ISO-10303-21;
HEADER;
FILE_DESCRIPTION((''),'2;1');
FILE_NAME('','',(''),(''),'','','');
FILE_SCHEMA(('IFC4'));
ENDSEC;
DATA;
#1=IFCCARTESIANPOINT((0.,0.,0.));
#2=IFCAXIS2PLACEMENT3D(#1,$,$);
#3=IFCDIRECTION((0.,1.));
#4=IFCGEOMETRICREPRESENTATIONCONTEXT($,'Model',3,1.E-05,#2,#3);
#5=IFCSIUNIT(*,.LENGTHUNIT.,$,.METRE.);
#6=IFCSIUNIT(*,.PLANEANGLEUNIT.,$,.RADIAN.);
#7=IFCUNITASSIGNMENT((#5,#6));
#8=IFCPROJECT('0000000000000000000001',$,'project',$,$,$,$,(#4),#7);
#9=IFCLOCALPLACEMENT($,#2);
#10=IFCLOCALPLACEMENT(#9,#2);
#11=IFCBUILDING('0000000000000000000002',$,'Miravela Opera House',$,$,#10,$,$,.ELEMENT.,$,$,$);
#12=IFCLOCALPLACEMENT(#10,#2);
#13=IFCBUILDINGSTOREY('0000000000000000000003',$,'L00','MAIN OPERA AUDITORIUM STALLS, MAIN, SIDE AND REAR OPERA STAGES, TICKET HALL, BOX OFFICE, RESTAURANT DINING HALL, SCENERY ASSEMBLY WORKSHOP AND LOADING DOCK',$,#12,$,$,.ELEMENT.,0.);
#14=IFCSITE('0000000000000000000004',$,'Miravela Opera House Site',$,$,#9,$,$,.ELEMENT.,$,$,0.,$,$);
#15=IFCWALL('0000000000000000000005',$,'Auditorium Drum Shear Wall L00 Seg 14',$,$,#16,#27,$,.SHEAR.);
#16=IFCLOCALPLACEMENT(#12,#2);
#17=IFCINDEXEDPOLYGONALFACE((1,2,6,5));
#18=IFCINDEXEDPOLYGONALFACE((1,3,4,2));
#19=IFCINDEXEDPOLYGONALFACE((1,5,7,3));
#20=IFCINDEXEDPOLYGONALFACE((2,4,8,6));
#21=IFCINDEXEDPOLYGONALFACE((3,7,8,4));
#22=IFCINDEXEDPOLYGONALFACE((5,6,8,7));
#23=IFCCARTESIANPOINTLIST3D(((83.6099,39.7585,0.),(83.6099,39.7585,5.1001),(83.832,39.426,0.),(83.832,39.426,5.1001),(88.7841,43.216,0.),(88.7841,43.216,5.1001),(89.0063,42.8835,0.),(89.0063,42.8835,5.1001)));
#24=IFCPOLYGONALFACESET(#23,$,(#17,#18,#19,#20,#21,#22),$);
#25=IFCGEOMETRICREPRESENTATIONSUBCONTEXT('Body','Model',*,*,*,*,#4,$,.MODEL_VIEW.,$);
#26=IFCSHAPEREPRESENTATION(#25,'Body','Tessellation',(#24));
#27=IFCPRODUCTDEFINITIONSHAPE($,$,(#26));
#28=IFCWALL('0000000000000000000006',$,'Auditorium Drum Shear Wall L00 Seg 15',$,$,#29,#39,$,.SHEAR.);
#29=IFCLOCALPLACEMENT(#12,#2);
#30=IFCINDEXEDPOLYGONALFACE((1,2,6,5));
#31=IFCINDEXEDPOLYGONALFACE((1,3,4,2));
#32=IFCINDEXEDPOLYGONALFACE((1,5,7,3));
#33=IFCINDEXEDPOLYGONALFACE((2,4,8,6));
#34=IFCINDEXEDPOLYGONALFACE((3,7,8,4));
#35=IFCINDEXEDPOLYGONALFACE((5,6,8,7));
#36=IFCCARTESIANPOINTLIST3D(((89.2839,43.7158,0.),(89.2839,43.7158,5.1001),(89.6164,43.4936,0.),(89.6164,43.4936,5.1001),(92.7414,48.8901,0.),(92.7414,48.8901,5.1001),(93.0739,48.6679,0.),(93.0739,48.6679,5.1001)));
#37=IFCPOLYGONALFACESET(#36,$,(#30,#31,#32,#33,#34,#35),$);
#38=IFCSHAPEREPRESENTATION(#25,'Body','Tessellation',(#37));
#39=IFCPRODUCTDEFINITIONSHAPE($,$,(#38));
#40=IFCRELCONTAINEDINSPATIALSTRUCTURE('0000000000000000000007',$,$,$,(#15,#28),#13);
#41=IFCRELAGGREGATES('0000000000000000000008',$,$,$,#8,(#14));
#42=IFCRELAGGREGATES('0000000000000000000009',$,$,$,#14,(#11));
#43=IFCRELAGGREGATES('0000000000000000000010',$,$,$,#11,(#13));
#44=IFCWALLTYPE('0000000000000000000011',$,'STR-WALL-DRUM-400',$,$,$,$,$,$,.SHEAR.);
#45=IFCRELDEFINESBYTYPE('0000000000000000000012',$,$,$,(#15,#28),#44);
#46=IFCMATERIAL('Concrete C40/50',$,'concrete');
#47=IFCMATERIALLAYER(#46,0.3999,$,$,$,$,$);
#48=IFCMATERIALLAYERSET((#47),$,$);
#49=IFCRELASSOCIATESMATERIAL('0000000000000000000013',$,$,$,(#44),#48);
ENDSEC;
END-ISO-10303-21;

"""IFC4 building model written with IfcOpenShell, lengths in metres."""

from ifc_helpers import new_model, si_unit, direction, frame, frame_2d, origin, place, context, subcontext, project, spatial, rectangle, extrude, material, layer, layer_set, type_object, element, save


model = new_model("IFC4")

# Units and contexts
model_context = context("Model", 3, precision=1e-05, world=origin(), true_north=direction((0.0, 1.0)))
body_context = subcontext(model_context, "Body", "Model", "MODEL_VIEW")
ifc_project = project(units=[si_unit("LENGTHUNIT", "METRE"), si_unit("PLANEANGLEUNIT", "RADIAN")], contexts=[model_context])

# Site, building, storey
site_placement = place(None, origin())
site = spatial("IfcSite", under=ifc_project, at=site_placement, Name="Miravela Opera House Site", CompositionType="ELEMENT", RefElevation=0.0)
building_placement = place(site_placement, origin())
building = spatial("IfcBuilding", under=site, at=building_placement, Name="Miravela Opera House", CompositionType="ELEMENT")
storey_placement = place(building_placement, origin())
storey = spatial("IfcBuildingStorey", under=building, at=storey_placement, Name="L00", Description="MAIN OPERA AUDITORIUM STALLS, MAIN, SIDE AND REAR OPERA STAGES, TICKET HALL, BOX OFFICE, RESTAURANT DINING HALL, SCENERY ASSEMBLY WORKSHOP AND LOADING DOCK", CompositionType="ELEMENT", Elevation=0.0)

# Shared definitions
ifc_material_1 = material(Name="Concrete C40/50", Category="concrete")

# Walls
ifc_layer_1 = layer(ifc_material_1, 0.3999)
ifc_layer_set_1 = layer_set([ifc_layer_1])
wall_type_1 = type_object("IfcWallType", Name="STR-WALL-DRUM-400", PredefinedType="SHEAR", material=ifc_layer_set_1)
for number, where, z_axis, x_axis, name in (
    (1, (83.7209, 39.5923, 0.0), (0.0, 0.0, 1.0), (0.831458, 0.555587, 0.0), "Auditorium Drum Shear Wall L00 Seg 14"),
    (2, (89.4502, 43.6047, 0.0), (0.0, 0.0, 1.0), (0.555587, 0.831458, 0.0), "Auditorium Drum Shear Wall L00 Seg 15"),
):
    element("IfcWall", number, at=place(storey_placement, frame(where, z_axis=z_axis, x_axis=x_axis)), inside=storey, type_object=wall_type_1, Name=name, PredefinedType="SHEAR", context=body_context, shape_type="SweptSolid", body=[
        extrude(rectangle(XDim=6.2231, YDim=0.3999, at=frame_2d((3.1116, 0.0))), origin(), (0.0, 0.0, 1.0), 5.1001),
    ])

save(model, "model.ifc")
